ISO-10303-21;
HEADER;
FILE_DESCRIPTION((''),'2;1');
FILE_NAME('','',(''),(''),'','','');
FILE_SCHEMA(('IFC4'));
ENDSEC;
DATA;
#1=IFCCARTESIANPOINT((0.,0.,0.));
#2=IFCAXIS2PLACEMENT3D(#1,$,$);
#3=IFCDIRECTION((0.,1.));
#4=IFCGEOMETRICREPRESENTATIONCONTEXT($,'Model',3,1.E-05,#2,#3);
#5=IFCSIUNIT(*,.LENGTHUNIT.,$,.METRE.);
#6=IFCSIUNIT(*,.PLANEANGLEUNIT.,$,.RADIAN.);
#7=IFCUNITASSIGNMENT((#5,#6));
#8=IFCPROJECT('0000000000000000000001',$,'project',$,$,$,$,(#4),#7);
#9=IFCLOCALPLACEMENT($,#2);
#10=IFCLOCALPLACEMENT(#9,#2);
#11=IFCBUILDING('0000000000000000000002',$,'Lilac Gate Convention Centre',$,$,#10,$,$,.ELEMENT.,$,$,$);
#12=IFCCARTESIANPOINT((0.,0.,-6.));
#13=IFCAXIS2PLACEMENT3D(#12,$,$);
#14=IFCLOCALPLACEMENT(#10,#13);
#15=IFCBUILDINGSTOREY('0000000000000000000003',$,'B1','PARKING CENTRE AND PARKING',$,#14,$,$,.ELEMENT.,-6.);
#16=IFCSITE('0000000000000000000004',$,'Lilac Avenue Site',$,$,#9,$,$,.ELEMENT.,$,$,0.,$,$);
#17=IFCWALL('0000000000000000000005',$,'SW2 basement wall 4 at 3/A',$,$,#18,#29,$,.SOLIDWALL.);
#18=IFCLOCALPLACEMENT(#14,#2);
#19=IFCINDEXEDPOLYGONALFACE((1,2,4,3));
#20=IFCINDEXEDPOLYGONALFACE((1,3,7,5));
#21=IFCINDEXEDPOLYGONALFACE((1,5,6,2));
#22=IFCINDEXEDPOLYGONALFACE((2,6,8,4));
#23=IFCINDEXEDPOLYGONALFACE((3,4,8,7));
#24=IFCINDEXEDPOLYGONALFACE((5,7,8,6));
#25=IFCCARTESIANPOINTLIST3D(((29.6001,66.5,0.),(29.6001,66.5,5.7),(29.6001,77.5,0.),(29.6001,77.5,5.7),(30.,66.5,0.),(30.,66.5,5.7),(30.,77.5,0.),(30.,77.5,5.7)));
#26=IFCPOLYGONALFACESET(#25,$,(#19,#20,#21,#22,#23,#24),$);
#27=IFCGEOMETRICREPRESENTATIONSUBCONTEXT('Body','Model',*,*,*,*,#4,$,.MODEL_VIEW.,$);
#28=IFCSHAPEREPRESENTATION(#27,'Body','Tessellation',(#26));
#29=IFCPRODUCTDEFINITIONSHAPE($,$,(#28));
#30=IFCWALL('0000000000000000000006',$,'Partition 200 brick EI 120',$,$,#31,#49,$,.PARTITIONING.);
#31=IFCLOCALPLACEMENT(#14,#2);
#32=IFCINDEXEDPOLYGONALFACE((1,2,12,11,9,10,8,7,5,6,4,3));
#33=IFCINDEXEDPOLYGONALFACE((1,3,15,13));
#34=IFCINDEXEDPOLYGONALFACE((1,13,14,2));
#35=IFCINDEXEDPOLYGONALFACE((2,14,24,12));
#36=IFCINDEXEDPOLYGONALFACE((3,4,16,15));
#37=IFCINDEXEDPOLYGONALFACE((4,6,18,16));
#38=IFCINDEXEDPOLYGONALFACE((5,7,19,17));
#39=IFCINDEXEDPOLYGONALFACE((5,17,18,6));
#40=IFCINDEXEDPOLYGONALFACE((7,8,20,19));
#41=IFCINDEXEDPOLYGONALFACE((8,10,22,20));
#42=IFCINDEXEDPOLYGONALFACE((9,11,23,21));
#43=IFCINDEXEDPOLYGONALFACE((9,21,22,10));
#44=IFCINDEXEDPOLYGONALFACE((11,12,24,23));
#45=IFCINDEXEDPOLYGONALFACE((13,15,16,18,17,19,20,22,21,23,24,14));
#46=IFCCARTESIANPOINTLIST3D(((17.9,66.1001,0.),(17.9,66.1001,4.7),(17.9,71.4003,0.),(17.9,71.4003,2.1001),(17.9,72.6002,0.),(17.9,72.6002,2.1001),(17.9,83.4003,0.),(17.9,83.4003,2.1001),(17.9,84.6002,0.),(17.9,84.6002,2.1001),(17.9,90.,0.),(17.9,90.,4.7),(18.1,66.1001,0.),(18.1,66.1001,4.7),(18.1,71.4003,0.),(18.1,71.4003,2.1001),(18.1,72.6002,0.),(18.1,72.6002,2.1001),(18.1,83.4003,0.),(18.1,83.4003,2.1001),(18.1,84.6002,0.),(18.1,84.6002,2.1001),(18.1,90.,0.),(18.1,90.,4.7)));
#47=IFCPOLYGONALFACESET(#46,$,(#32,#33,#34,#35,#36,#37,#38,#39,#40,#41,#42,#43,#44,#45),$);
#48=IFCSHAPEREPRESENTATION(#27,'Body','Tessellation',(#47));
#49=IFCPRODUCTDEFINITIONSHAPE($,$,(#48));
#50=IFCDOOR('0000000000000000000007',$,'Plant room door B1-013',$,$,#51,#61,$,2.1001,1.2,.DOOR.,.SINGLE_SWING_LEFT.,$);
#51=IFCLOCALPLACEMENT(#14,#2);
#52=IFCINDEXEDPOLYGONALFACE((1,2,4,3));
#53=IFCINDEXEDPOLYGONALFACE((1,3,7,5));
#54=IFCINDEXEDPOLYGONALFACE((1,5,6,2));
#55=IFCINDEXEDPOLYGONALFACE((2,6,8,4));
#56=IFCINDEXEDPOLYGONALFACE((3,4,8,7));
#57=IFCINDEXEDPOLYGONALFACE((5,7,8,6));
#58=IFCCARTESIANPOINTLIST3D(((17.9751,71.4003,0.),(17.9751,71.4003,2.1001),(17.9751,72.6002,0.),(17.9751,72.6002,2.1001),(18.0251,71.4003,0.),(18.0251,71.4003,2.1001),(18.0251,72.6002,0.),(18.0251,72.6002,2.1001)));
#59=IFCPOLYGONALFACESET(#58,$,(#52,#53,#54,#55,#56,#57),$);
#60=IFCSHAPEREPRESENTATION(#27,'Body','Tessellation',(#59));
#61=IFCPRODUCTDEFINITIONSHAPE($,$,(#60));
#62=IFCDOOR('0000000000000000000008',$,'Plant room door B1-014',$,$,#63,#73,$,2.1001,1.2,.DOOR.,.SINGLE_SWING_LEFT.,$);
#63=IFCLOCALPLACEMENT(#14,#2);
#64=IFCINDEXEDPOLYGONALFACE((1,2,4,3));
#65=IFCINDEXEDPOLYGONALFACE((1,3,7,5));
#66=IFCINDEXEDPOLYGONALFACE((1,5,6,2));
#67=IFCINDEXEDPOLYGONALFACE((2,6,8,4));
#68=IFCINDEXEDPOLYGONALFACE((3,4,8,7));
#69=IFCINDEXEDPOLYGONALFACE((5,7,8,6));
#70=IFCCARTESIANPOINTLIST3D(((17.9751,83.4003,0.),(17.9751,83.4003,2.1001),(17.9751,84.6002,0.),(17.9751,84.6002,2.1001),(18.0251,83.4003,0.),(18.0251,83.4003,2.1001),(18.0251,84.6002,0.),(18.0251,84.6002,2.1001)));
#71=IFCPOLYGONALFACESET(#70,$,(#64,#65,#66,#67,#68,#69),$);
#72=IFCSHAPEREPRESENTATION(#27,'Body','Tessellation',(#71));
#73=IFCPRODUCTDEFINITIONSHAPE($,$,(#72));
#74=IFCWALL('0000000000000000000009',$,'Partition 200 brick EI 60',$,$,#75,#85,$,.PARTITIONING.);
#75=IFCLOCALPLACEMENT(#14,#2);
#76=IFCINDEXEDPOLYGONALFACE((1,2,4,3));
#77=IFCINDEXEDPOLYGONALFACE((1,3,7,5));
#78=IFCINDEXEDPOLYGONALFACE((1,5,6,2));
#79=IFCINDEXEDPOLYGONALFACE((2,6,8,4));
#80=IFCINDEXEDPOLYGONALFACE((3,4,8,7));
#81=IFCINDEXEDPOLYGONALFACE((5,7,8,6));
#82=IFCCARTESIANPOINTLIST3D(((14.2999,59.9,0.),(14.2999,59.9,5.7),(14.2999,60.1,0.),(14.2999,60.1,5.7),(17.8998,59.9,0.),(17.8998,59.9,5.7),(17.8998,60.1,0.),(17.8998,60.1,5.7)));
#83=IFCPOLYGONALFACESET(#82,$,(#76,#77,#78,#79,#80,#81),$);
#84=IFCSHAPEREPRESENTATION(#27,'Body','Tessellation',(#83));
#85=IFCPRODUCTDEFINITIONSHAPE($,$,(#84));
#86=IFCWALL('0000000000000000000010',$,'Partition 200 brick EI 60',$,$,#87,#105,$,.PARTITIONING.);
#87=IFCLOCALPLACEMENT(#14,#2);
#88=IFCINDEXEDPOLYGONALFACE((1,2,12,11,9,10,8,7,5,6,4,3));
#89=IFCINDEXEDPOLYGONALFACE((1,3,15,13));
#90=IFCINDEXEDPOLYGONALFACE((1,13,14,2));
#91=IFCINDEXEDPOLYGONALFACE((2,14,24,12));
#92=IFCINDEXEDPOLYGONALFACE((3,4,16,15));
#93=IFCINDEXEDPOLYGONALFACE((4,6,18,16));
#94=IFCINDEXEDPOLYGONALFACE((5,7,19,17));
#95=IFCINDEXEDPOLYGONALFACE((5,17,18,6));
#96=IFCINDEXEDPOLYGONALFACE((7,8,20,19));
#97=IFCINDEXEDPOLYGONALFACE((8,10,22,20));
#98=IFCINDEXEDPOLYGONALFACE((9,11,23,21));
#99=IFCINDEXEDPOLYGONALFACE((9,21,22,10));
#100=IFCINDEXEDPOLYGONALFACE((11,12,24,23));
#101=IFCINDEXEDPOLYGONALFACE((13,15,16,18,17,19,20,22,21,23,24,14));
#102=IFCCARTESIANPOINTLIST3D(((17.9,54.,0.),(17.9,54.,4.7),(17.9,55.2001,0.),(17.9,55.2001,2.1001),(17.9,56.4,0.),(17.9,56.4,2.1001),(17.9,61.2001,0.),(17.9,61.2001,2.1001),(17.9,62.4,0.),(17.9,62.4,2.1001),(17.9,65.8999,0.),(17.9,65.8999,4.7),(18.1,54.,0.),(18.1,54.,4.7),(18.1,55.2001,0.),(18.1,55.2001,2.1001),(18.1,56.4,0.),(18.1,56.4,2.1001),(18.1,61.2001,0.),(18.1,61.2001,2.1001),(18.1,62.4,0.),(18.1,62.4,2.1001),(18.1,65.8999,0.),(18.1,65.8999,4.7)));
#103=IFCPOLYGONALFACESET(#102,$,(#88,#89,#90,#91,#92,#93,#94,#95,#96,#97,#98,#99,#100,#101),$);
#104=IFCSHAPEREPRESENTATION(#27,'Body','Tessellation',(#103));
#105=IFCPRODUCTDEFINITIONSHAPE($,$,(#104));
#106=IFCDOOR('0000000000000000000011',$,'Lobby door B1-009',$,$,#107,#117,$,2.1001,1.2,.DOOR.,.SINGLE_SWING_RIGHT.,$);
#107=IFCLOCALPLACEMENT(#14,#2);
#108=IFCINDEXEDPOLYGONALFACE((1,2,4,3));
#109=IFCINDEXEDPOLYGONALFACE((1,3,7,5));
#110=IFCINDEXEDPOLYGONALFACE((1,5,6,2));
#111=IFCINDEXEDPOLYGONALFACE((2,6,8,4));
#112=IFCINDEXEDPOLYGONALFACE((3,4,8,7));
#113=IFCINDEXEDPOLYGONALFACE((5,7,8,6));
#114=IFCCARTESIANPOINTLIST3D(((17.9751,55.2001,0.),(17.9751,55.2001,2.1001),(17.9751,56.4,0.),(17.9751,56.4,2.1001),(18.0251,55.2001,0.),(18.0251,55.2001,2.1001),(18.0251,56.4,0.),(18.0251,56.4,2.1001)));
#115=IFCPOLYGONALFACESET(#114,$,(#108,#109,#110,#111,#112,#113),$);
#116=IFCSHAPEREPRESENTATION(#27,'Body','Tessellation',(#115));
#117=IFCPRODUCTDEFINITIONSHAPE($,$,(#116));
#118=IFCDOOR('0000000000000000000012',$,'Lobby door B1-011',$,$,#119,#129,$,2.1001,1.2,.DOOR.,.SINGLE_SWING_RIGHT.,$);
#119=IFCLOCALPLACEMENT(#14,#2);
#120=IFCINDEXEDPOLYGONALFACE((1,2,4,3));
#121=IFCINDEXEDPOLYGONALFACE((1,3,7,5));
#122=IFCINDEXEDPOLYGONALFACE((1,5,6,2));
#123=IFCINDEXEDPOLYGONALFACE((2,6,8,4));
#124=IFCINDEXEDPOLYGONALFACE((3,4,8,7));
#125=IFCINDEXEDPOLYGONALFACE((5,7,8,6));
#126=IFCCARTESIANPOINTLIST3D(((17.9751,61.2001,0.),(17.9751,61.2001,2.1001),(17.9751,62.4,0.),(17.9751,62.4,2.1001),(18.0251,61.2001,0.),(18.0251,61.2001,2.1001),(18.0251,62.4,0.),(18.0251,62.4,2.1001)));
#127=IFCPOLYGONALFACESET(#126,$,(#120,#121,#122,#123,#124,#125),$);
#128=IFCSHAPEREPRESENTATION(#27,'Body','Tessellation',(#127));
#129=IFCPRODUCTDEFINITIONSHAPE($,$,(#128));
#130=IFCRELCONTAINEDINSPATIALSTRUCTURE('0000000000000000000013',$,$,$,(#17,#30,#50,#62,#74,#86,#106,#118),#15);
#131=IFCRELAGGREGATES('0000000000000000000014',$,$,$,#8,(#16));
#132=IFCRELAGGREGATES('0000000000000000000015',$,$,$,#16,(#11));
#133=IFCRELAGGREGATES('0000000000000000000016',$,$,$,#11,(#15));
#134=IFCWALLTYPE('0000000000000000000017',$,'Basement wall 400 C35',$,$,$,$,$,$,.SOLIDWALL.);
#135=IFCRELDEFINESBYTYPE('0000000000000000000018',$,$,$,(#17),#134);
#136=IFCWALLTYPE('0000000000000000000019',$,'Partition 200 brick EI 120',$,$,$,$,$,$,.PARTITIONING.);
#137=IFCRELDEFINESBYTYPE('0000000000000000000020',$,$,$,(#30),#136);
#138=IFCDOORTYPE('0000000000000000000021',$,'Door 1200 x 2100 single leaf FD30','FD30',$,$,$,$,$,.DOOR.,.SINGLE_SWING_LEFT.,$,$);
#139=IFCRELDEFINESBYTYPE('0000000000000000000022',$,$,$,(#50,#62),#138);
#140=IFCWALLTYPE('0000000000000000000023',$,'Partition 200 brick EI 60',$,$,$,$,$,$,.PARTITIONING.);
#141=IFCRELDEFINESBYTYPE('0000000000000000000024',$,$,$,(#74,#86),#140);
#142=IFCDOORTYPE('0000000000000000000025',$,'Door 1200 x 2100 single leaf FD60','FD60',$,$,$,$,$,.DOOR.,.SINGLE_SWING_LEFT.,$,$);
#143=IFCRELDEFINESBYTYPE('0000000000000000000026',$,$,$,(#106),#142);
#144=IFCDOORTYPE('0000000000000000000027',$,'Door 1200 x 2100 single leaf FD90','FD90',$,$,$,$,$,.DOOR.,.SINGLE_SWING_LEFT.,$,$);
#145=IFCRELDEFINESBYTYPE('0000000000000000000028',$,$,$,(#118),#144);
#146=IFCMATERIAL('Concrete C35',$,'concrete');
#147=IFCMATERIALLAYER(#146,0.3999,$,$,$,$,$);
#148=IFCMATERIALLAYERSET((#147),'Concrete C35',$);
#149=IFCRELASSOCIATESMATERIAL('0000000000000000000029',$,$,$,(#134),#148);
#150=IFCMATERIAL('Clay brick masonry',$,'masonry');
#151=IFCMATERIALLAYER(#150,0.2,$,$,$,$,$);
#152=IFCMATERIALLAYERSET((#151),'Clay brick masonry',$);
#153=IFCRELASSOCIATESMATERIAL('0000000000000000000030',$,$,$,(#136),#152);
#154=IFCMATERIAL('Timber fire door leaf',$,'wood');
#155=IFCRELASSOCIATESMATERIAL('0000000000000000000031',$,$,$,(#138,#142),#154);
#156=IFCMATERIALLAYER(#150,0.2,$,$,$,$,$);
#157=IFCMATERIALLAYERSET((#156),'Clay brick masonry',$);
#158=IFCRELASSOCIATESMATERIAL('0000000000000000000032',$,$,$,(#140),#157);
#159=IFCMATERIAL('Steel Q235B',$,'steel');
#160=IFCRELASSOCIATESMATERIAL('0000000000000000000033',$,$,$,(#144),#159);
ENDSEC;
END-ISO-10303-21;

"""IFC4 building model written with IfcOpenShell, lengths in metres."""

from ifc_helpers import new_model, si_unit, direction, frame, frame_2d, origin, place, context, subcontext, project, spatial, rectangle, extrude, material, layer, layer_set, type_object, element, fill, save


model = new_model("IFC4")

# Units and contexts
model_context = context("Model", 3, precision=1e-05, world=origin(), true_north=direction((0.0, 1.0)))
body_context = subcontext(model_context, "Body", "Model", "MODEL_VIEW")
ifc_project = project(units=[si_unit("LENGTHUNIT", "METRE"), si_unit("PLANEANGLEUNIT", "RADIAN")], contexts=[model_context])

# Site, building, storey
site_placement = place(None, origin())
site = spatial("IfcSite", under=ifc_project, at=site_placement, Name="Lilac Avenue Site", CompositionType="ELEMENT", RefElevation=0.0)
building_placement = place(site_placement, origin())
building = spatial("IfcBuilding", under=site, at=building_placement, Name="Lilac Gate Convention Centre", CompositionType="ELEMENT")
storey_placement = place(building_placement, frame((0.0, 0.0, -6.0)))
storey = spatial("IfcBuildingStorey", under=building, at=storey_placement, Name="B1", Description="PARKING CENTRE AND PARKING", CompositionType="ELEMENT", Elevation=-6.0)

# Shared definitions
ifc_material_1 = material(Name="Concrete C35", Category="concrete")

# Wall
ifc_layer_1 = layer(ifc_material_1, 0.3999)
ifc_layer_set_1 = layer_set([ifc_layer_1], Name="Concrete C35")
wall_type_1 = type_object("IfcWallType", Name="Basement wall 400 C35", PredefinedType="SOLIDWALL", material=ifc_layer_set_1)
for number, where, z_axis, x_axis, name in (
    (1, (29.8, 66.5, 0.0), (0.0, 0.0, 1.0), (0.0, 1.0, 0.0), "SW2 basement wall 4 at 3/A"),
):
    element("IfcWall", number, at=place(storey_placement, frame(where, z_axis=z_axis, x_axis=x_axis)), inside=storey, type_object=wall_type_1, Name=name, PredefinedType="SOLIDWALL", context=body_context, shape_type="SweptSolid", body=[
        extrude(rectangle(XDim=11.0, YDim=0.3999, at=frame_2d((5.5, 0.0))), origin(), (0.0, 0.0, 1.0), 5.7),
    ])

# Wall, openings, doors
ifc_material_2 = material(Name="Clay brick masonry", Category="masonry")
ifc_layer_2 = layer(ifc_material_2, 0.2)
ifc_layer_set_2 = layer_set([ifc_layer_2], Name="Clay brick masonry")
wall_type_2 = type_object("IfcWallType", Name="Partition 200 brick EI 120", PredefinedType="PARTITIONING", material=ifc_layer_set_2)
wall_1_placement = place(storey_placement, frame((18.0, 66.1001, 0.0), z_axis=(0.0, 0.0, 1.0), x_axis=(0.0, 1.0, 0.0)))
wall_1 = element("IfcWall", 2, at=wall_1_placement, inside=storey, type_object=wall_type_2, Name="Partition 200 brick EI 120", PredefinedType="PARTITIONING", context=body_context, shape_type="SweptSolid", body=[
    extrude(rectangle(XDim=23.8999, YDim=0.2, at=frame_2d((11.95, 0.0))), origin(), (0.0, 0.0, 1.0), 4.7),
])
opening_1_placement = place(wall_1_placement, frame((5.3, 0.0, 0.0)))
opening_1 = element("IfcOpeningElement", 3, at=opening_1_placement, cuts=wall_1, PredefinedType="OPENING", context=body_context, shape_type="SweptSolid", body=[
    extrude(rectangle(XDim=1.2, YDim=2.1001, at=frame_2d((0.6001, 1.05))), frame((0.0, 0.1099, 0.0), z_axis=(0.0, -1.0, 0.0), x_axis=(1.0, 0.0, 0.0)), (0.0, 0.0, 1.0), 0.22),
])
opening_2_placement = place(wall_1_placement, frame((17.3, 0.0, 0.0)))
opening_2 = element("IfcOpeningElement", 4, at=opening_2_placement, cuts=wall_1, PredefinedType="OPENING", context=body_context, shape_type="SweptSolid", body=[
    extrude(rectangle(XDim=1.2, YDim=2.1001, at=frame_2d((0.6001, 1.05))), frame((0.0, 0.1099, 0.0), z_axis=(0.0, -1.0, 0.0), x_axis=(1.0, 0.0, 0.0)), (0.0, 0.0, 1.0), 0.22),
])
ifc_material_3 = material(Name="Timber fire door leaf", Category="wood")
door_type_1 = type_object("IfcDoorType", Name="Door 1200 x 2100 single leaf FD30", Description="FD30", OperationType="SINGLE_SWING_LEFT", PredefinedType="DOOR", material=ifc_material_3)
door_1_placement = place(opening_1_placement, origin())
door_1 = element("IfcDoor", 5, at=door_1_placement, inside=storey, type_object=door_type_1, Name="Plant room door B1-013", OperationType="SINGLE_SWING_LEFT", OverallHeight=2.1001, OverallWidth=1.2, PredefinedType="DOOR", context=body_context, shape_type="SweptSolid", body=[
    extrude(rectangle(XDim=1.2, YDim=2.1001, at=frame_2d((0.6001, 1.05))), frame((0.0, 0.0249, 0.0), z_axis=(0.0, -1.0, 0.0), x_axis=(1.0, 0.0, 0.0)), (0.0, 0.0, 1.0), 0.05),
])
fill(opening_1, door_1)
door_2_placement = place(opening_2_placement, origin())
door_2 = element("IfcDoor", 6, at=door_2_placement, inside=storey, type_object=door_type_1, Name="Plant room door B1-014", OperationType="SINGLE_SWING_LEFT", OverallHeight=2.1001, OverallWidth=1.2, PredefinedType="DOOR", context=body_context, shape_type="SweptSolid", body=[
    extrude(rectangle(XDim=1.2, YDim=2.1001, at=frame_2d((0.6001, 1.05))), frame((0.0, 0.0249, 0.0), z_axis=(0.0, -1.0, 0.0), x_axis=(1.0, 0.0, 0.0)), (0.0, 0.0, 1.0), 0.05),
])
fill(opening_2, door_2)

# Wall
ifc_layer_3 = layer(ifc_material_2, 0.2)
ifc_layer_set_3 = layer_set([ifc_layer_3], Name="Clay brick masonry")
wall_type_3 = type_object("IfcWallType", Name="Partition 200 brick EI 60", PredefinedType="PARTITIONING", material=ifc_layer_set_3)
wall_2_placement = place(storey_placement, frame((14.3, 60.0, 0.0), z_axis=(0.0, 0.0, 1.0), x_axis=(1.0, 0.0, 0.0)))
element("IfcWall", 7, at=wall_2_placement, inside=storey, type_object=wall_type_3, Name="Partition 200 brick EI 60", PredefinedType="PARTITIONING", context=body_context, shape_type="SweptSolid", body=[
    extrude(rectangle(XDim=3.5999, YDim=0.2, at=frame_2d((1.7998, 0.0))), origin(), (0.0, 0.0, 1.0), 5.7),
])

# Wall, openings, doors
wall_3_placement = place(storey_placement, frame((18.0, 54.0, 0.0), z_axis=(0.0, 0.0, 1.0), x_axis=(0.0, 1.0, 0.0)))
wall_3 = element("IfcWall", 8, at=wall_3_placement, inside=storey, type_object=wall_type_3, Name="Partition 200 brick EI 60", PredefinedType="PARTITIONING", context=body_context, shape_type="SweptSolid", body=[
    extrude(rectangle(XDim=11.8999, YDim=0.2, at=frame_2d((5.95, 0.0))), origin(), (0.0, 0.0, 1.0), 4.7),
])
opening_3_placement = place(wall_3_placement, frame((1.2, 0.0, 0.0)))
opening_3 = element("IfcOpeningElement", 9, at=opening_3_placement, cuts=wall_3, PredefinedType="OPENING", context=body_context, shape_type="SweptSolid", body=[
    extrude(rectangle(XDim=1.2, YDim=2.1001, at=frame_2d((0.6001, 1.05))), frame((0.0, 0.1099, 0.0), z_axis=(0.0, -1.0, 0.0), x_axis=(1.0, 0.0, 0.0)), (0.0, 0.0, 1.0), 0.22),
])
opening_4_placement = place(wall_3_placement, frame((7.2, 0.0, 0.0)))
opening_4 = element("IfcOpeningElement", 10, at=opening_4_placement, cuts=wall_3, PredefinedType="OPENING", context=body_context, shape_type="SweptSolid", body=[
    extrude(rectangle(XDim=1.2, YDim=2.1001, at=frame_2d((0.6001, 1.05))), frame((0.0, 0.1099, 0.0), z_axis=(0.0, -1.0, 0.0), x_axis=(1.0, 0.0, 0.0)), (0.0, 0.0, 1.0), 0.22),
])
door_type_2 = type_object("IfcDoorType", Name="Door 1200 x 2100 single leaf FD60", Description="FD60", OperationType="SINGLE_SWING_LEFT", PredefinedType="DOOR", material=ifc_material_3)
door_3_placement = place(opening_3_placement, origin())
door_3 = element("IfcDoor", 11, at=door_3_placement, inside=storey, type_object=door_type_2, Name="Lobby door B1-009", OperationType="SINGLE_SWING_RIGHT", OverallHeight=2.1001, OverallWidth=1.2, PredefinedType="DOOR", context=body_context, shape_type="SweptSolid", body=[
    extrude(rectangle(XDim=1.2, YDim=2.1001, at=frame_2d((0.6001, 1.05))), frame((0.0, 0.0249, 0.0), z_axis=(0.0, -1.0, 0.0), x_axis=(1.0, 0.0, 0.0)), (0.0, 0.0, 1.0), 0.05),
])
fill(opening_3, door_3)
ifc_material_4 = material(Name="Steel Q235B", Category="steel")
door_type_3 = type_object("IfcDoorType", Name="Door 1200 x 2100 single leaf FD90", Description="FD90", OperationType="SINGLE_SWING_LEFT", PredefinedType="DOOR", material=ifc_material_4)
door_4_placement = place(opening_4_placement, origin())
door_4 = element("IfcDoor", 12, at=door_4_placement, inside=storey, type_object=door_type_3, Name="Lobby door B1-011", OperationType="SINGLE_SWING_RIGHT", OverallHeight=2.1001, OverallWidth=1.2, PredefinedType="DOOR", context=body_context, shape_type="SweptSolid", body=[
    extrude(rectangle(XDim=1.2, YDim=2.1001, at=frame_2d((0.6001, 1.05))), frame((0.0, 0.0249, 0.0), z_axis=(0.0, -1.0, 0.0), x_axis=(1.0, 0.0, 0.0)), (0.0, 0.0, 1.0), 0.05),
])
fill(opening_4, door_4)

save(model, "model.ifc")
